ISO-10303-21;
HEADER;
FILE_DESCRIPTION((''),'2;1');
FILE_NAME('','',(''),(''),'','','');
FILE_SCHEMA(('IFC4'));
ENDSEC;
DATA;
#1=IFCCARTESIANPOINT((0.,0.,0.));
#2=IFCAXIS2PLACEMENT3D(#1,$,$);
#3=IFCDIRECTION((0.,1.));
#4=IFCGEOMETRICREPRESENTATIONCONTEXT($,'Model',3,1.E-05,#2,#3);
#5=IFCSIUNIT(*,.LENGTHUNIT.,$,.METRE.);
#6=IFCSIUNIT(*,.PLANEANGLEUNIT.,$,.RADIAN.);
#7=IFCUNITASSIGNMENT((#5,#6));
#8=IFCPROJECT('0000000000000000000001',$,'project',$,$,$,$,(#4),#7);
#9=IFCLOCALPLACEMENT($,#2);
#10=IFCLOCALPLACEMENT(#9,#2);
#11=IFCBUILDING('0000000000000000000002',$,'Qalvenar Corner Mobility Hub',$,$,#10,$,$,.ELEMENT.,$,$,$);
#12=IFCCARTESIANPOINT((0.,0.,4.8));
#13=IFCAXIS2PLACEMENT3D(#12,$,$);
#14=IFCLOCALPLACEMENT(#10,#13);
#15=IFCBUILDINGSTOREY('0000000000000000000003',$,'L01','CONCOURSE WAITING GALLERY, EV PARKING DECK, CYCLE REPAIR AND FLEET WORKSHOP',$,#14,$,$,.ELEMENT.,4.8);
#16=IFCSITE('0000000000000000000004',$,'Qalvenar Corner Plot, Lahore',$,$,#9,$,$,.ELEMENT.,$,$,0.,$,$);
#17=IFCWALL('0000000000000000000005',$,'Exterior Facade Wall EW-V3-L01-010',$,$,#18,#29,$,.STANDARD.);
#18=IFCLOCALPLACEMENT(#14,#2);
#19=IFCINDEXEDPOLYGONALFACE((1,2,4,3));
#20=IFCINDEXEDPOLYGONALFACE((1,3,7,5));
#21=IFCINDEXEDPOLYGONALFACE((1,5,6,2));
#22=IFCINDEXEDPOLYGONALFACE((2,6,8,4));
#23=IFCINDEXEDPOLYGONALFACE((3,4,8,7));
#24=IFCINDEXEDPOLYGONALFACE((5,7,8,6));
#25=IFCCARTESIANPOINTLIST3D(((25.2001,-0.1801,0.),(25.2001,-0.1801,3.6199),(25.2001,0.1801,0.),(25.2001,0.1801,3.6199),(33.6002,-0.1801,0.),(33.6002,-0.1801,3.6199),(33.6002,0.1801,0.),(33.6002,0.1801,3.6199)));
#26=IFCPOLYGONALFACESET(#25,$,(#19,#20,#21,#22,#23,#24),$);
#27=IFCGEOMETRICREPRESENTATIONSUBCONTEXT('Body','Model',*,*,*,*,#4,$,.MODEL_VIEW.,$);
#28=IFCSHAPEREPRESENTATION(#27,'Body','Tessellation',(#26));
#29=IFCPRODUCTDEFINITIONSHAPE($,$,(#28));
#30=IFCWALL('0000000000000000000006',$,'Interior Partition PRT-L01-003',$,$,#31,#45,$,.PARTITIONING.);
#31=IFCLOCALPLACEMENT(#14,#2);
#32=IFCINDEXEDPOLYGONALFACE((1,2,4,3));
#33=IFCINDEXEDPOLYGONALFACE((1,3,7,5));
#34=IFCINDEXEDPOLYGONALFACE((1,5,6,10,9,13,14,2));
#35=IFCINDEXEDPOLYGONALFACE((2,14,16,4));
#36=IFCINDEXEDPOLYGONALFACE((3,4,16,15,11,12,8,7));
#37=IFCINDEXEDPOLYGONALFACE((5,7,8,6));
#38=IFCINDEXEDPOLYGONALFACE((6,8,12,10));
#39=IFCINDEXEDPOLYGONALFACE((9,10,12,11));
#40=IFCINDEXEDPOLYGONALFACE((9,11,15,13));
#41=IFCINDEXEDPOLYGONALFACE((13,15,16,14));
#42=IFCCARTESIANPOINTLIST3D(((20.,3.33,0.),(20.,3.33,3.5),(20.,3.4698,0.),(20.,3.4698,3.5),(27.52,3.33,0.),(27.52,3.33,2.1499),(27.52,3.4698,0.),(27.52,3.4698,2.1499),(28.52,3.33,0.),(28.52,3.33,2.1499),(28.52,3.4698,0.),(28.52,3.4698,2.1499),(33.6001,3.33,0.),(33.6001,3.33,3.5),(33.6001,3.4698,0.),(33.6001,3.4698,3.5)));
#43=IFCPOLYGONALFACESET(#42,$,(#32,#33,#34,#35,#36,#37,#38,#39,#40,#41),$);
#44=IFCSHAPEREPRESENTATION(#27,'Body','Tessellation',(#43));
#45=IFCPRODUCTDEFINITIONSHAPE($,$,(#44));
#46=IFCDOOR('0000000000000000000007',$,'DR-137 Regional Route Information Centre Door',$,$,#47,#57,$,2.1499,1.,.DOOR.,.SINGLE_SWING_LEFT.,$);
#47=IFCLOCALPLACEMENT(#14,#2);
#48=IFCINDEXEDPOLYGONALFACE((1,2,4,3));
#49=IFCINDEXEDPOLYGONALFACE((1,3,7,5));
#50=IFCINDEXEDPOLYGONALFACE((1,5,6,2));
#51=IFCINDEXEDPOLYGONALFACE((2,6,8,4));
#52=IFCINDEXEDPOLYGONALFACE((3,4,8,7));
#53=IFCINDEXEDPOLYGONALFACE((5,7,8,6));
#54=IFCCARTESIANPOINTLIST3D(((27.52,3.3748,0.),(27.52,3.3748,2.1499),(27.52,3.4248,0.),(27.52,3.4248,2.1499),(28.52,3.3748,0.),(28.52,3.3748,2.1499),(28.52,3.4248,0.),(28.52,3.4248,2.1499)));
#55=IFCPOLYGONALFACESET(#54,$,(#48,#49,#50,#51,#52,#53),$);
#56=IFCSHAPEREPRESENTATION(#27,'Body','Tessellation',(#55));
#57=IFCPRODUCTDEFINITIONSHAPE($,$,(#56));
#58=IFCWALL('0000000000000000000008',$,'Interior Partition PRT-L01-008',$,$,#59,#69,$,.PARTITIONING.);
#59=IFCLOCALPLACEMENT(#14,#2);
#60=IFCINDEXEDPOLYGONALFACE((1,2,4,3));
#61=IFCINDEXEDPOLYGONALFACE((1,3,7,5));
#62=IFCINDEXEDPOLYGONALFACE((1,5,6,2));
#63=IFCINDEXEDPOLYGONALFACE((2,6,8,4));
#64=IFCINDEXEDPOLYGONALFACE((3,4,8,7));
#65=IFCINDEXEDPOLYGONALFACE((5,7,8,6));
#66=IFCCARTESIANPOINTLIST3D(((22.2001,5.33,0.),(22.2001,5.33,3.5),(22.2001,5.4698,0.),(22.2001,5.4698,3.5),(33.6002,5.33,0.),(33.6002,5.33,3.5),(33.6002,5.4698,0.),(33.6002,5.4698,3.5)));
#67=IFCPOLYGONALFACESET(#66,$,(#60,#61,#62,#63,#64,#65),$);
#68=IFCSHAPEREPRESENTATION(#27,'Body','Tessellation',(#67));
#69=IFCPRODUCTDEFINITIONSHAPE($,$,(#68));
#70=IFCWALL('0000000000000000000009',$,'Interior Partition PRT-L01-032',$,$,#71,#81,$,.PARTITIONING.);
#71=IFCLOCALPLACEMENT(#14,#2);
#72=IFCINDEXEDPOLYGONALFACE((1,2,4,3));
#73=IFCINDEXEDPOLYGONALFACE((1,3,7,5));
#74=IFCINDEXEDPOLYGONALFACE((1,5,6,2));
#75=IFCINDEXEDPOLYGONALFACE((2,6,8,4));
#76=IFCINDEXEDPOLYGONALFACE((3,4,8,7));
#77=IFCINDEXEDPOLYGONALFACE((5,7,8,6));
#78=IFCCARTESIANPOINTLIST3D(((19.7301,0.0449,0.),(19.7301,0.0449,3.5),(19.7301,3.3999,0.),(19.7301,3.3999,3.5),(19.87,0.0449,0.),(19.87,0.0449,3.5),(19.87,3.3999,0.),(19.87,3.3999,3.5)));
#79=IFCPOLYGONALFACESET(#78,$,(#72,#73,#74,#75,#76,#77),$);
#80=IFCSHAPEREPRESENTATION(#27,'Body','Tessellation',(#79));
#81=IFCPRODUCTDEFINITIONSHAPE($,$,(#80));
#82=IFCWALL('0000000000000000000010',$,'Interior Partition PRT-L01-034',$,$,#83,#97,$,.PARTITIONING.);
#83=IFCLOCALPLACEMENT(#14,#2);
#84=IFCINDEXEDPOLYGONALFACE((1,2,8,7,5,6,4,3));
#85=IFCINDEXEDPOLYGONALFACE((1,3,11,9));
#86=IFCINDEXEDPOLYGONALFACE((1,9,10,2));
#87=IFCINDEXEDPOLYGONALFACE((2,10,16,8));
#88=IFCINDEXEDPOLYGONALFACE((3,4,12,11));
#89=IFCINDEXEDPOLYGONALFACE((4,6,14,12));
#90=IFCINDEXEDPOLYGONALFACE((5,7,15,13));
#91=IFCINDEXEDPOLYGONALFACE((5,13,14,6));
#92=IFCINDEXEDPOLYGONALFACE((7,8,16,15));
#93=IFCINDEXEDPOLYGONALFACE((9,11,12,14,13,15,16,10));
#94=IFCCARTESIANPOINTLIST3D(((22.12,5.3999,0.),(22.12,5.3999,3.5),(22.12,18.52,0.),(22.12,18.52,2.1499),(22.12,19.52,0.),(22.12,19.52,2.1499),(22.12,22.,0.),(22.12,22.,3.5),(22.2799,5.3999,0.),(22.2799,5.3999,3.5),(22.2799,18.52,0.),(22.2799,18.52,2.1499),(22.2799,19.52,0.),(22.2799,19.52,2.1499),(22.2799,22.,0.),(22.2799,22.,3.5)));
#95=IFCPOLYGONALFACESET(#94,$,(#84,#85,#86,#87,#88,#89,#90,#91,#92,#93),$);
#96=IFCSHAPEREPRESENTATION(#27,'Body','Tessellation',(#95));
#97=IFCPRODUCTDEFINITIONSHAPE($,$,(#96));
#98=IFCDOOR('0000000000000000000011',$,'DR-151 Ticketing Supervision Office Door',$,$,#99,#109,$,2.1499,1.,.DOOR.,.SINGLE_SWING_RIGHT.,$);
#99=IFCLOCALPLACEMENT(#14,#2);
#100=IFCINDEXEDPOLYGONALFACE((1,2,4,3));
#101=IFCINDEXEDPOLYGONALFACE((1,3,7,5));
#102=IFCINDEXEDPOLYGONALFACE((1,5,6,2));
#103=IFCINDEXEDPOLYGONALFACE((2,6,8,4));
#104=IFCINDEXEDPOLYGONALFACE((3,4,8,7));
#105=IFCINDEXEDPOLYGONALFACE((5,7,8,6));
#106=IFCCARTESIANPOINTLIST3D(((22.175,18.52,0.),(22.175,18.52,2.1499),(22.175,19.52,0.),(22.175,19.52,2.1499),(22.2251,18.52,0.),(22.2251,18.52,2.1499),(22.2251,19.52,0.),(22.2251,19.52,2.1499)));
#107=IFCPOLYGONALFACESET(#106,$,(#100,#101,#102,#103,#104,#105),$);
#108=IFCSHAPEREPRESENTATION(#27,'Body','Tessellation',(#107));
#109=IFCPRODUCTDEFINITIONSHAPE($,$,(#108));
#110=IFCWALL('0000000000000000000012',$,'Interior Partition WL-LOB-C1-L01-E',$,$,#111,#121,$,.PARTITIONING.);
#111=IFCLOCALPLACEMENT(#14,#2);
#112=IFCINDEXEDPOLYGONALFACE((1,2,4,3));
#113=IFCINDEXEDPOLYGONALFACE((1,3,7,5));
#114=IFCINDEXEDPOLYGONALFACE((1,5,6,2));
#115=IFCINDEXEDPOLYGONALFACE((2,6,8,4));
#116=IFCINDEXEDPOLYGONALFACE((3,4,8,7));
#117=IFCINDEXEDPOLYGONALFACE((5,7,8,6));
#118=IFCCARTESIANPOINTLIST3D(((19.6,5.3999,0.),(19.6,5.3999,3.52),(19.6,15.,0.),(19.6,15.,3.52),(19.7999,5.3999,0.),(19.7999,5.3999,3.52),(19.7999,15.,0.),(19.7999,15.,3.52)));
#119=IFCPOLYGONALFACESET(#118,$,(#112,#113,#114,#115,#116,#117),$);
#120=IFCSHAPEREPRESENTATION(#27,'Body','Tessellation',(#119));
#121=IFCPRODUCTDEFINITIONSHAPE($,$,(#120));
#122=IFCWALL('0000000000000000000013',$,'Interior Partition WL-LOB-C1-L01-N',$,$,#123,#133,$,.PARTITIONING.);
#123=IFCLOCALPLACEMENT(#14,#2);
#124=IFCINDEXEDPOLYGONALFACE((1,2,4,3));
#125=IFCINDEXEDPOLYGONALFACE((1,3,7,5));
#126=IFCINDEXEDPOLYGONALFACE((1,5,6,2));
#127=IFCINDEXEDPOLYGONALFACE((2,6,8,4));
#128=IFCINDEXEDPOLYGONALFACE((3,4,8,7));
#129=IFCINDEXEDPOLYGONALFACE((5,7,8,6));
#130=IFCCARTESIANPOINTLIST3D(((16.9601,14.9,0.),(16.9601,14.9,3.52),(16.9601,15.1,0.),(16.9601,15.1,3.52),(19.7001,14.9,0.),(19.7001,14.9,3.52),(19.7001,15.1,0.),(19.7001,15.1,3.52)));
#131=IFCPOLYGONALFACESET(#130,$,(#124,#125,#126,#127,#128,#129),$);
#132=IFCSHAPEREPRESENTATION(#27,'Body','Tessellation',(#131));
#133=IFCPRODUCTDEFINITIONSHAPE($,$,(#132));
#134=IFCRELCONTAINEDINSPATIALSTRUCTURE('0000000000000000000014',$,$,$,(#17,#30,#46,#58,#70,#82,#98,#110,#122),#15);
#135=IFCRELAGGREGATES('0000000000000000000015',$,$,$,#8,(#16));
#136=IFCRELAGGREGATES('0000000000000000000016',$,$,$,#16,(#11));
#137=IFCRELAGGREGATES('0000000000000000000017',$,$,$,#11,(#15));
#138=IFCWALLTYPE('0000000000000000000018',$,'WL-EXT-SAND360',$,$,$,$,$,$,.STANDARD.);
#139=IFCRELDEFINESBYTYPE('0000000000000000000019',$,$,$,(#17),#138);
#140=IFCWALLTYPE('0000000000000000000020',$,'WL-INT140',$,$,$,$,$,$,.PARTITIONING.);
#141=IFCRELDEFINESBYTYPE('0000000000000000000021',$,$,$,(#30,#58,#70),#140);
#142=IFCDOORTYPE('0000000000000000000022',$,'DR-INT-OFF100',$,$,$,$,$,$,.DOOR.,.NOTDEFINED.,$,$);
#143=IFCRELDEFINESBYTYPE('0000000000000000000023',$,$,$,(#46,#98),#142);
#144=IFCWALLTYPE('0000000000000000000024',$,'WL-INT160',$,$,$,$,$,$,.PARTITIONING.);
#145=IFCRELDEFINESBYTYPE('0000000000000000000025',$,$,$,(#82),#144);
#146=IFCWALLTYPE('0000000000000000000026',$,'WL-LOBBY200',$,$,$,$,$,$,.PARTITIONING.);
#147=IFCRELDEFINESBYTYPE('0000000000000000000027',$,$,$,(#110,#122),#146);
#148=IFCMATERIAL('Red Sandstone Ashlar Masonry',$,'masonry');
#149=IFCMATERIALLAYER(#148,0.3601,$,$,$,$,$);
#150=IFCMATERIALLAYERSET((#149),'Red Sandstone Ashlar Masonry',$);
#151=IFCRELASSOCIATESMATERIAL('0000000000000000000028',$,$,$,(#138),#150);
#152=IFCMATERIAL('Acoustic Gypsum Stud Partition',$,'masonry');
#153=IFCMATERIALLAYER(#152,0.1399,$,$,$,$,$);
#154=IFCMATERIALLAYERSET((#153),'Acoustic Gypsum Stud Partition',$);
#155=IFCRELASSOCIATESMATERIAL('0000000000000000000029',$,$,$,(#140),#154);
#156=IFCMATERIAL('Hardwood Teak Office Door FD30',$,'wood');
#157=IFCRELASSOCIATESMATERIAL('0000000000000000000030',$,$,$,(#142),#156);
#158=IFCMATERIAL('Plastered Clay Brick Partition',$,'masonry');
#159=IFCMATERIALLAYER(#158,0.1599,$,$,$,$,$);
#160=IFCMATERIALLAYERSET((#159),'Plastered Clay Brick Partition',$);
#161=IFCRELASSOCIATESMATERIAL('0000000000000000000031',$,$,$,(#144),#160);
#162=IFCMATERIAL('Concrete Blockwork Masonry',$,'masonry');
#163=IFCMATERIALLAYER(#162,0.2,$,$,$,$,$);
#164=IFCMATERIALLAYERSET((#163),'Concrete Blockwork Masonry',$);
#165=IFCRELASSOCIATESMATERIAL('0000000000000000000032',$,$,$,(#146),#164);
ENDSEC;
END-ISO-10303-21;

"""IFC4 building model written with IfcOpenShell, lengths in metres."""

from ifc_helpers import new_model, si_unit, direction, frame, frame_2d, origin, place, context, subcontext, project, spatial, rectangle, extrude, material, layer, layer_set, type_object, element, fill, save


model = new_model("IFC4")

# Units and contexts
model_context = context("Model", 3, precision=1e-05, world=origin(), true_north=direction((0.0, 1.0)))
body_context = subcontext(model_context, "Body", "Model", "MODEL_VIEW")
ifc_project = project(units=[si_unit("LENGTHUNIT", "METRE"), si_unit("PLANEANGLEUNIT", "RADIAN")], contexts=[model_context])

# Site, building, storey
site_placement = place(None, origin())
site = spatial("IfcSite", under=ifc_project, at=site_placement, Name="Qalvenar Corner Plot, Lahore", CompositionType="ELEMENT", RefElevation=0.0)
building_placement = place(site_placement, origin())
building = spatial("IfcBuilding", under=site, at=building_placement, Name="Qalvenar Corner Mobility Hub", CompositionType="ELEMENT")
storey_placement = place(building_placement, frame((0.0, 0.0, 4.8)))
storey = spatial("IfcBuildingStorey", under=building, at=storey_placement, Name="L01", Description="CONCOURSE WAITING GALLERY, EV PARKING DECK, CYCLE REPAIR AND FLEET WORKSHOP", CompositionType="ELEMENT", Elevation=4.8)

# Wall
ifc_material_1 = material(Name="Red Sandstone Ashlar Masonry", Category="masonry")
ifc_layer_1 = layer(ifc_material_1, 0.3601)
ifc_layer_set_1 = layer_set([ifc_layer_1], Name="Red Sandstone Ashlar Masonry")
wall_type_1 = type_object("IfcWallType", Name="WL-EXT-SAND360", PredefinedType="STANDARD", material=ifc_layer_set_1)
wall_1_placement = place(storey_placement, frame((25.2, 0.0, 0.0), z_axis=(0.0, 0.0, 1.0), x_axis=(1.0, 0.0, 0.0)))
element("IfcWall", 1, at=wall_1_placement, inside=storey, type_object=wall_type_1, Name="Exterior Facade Wall EW-V3-L01-010", PredefinedType="STANDARD", context=body_context, shape_type="SweptSolid", body=[
    extrude(rectangle(XDim=8.4001, YDim=0.3601, at=frame_2d((4.2002, 0.0))), origin(), (0.0, 0.0, 1.0), 3.6199),
])

# Wall, opening, door
ifc_material_2 = material(Name="Acoustic Gypsum Stud Partition", Category="masonry")
ifc_layer_2 = layer(ifc_material_2, 0.1399)
ifc_layer_set_2 = layer_set([ifc_layer_2], Name="Acoustic Gypsum Stud Partition")
wall_type_2 = type_object("IfcWallType", Name="WL-INT140", PredefinedType="PARTITIONING", material=ifc_layer_set_2)
wall_2_placement = place(storey_placement, frame((20.0, 3.3999, 0.0), z_axis=(0.0, 0.0, 1.0), x_axis=(1.0, 0.0, 0.0)))
wall_2 = element("IfcWall", 2, at=wall_2_placement, inside=storey, type_object=wall_type_2, Name="Interior Partition PRT-L01-003", PredefinedType="PARTITIONING", context=body_context, shape_type="SweptSolid", body=[
    extrude(rectangle(XDim=13.6001, YDim=0.1399, at=frame_2d((6.8, 0.0))), origin(), (0.0, 0.0, 1.0), 3.5),
])
opening_1_placement = place(wall_2_placement, frame((7.52, 0.0, 0.0)))
opening_1 = element("IfcOpeningElement", 3, at=opening_1_placement, cuts=wall_2, PredefinedType="OPENING", context=body_context, shape_type="SweptSolid", body=[
    extrude(rectangle(XDim=1.0, YDim=2.1499, at=frame_2d((0.5, 1.075))), frame((0.0, 0.0801, 0.0), z_axis=(0.0, -1.0, 0.0), x_axis=(1.0, 0.0, 0.0)), (0.0, 0.0, 1.0), 0.1599),
])
ifc_material_3 = material(Name="Hardwood Teak Office Door FD30", Category="wood")
door_type = type_object("IfcDoorType", Name="DR-INT-OFF100", OperationType="NOTDEFINED", PredefinedType="DOOR", material=ifc_material_3)
door_1_placement = place(opening_1_placement, origin())
door_1 = element("IfcDoor", 4, at=door_1_placement, inside=storey, type_object=door_type, Name="DR-137 Regional Route Information Centre Door", OperationType="SINGLE_SWING_LEFT", OverallHeight=2.1499, OverallWidth=1.0, PredefinedType="DOOR", context=body_context, shape_type="SweptSolid", body=[
    extrude(rectangle(XDim=1.0, YDim=2.1499, at=frame_2d((0.5, 1.075))), frame((0.0, 0.0249, 0.0), z_axis=(0.0, -1.0, 0.0), x_axis=(1.0, 0.0, 0.0)), (0.0, 0.0, 1.0), 0.05),
])
fill(opening_1, door_1)

# Walls
wall_3_placement = place(storey_placement, frame((22.2, 5.3999, 0.0), z_axis=(0.0, 0.0, 1.0), x_axis=(1.0, 0.0, 0.0)))
element("IfcWall", 5, at=wall_3_placement, inside=storey, type_object=wall_type_2, Name="Interior Partition PRT-L01-008", PredefinedType="PARTITIONING", context=body_context, shape_type="SweptSolid", body=[
    extrude(rectangle(XDim=11.4001, YDim=0.1399, at=frame_2d((5.7002, 0.0))), origin(), (0.0, 0.0, 1.0), 3.5),
])
wall_4_placement = place(storey_placement, frame((19.8, 0.0449, 0.0), z_axis=(0.0, 0.0, 1.0), x_axis=(0.0, 1.0, 0.0)))
element("IfcWall", 6, at=wall_4_placement, inside=storey, type_object=wall_type_2, Name="Interior Partition PRT-L01-032", PredefinedType="PARTITIONING", context=body_context, shape_type="SweptSolid", body=[
    extrude(rectangle(XDim=3.355, YDim=0.1399, at=frame_2d((1.6775, 0.0))), origin(), (0.0, 0.0, 1.0), 3.5),
])

# Wall, opening, door
ifc_material_4 = material(Name="Plastered Clay Brick Partition", Category="masonry")
ifc_layer_3 = layer(ifc_material_4, 0.1599)
ifc_layer_set_3 = layer_set([ifc_layer_3], Name="Plastered Clay Brick Partition")
wall_type_3 = type_object("IfcWallType", Name="WL-INT160", PredefinedType="PARTITIONING", material=ifc_layer_set_3)
wall_5_placement = place(storey_placement, frame((22.2, 5.3999, 0.0), z_axis=(0.0, 0.0, 1.0), x_axis=(0.0, 1.0, 0.0)))
wall_5 = element("IfcWall", 7, at=wall_5_placement, inside=storey, type_object=wall_type_3, Name="Interior Partition PRT-L01-034", PredefinedType="PARTITIONING", context=body_context, shape_type="SweptSolid", body=[
    extrude(rectangle(XDim=16.6001, YDim=0.1599, at=frame_2d((8.3, 0.0))), origin(), (0.0, 0.0, 1.0), 3.5),
])
opening_2_placement = place(wall_5_placement, frame((13.1201, 0.0, 0.0)))
opening_2 = element("IfcOpeningElement", 8, at=opening_2_placement, cuts=wall_5, PredefinedType="OPENING", context=body_context, shape_type="SweptSolid", body=[
    extrude(rectangle(XDim=1.0, YDim=2.1499, at=frame_2d((0.5, 1.075))), frame((0.0, 0.0898, 0.0), z_axis=(0.0, -1.0, 0.0), x_axis=(1.0, 0.0, 0.0)), (0.0, 0.0, 1.0), 0.1799),
])
door_2_placement = place(opening_2_placement, origin())
door_2 = element("IfcDoor", 9, at=door_2_placement, inside=storey, type_object=door_type, Name="DR-151 Ticketing Supervision Office Door", OperationType="SINGLE_SWING_RIGHT", OverallHeight=2.1499, OverallWidth=1.0, PredefinedType="DOOR", context=body_context, shape_type="SweptSolid", body=[
    extrude(rectangle(XDim=1.0, YDim=2.1499, at=frame_2d((0.5, 1.075))), frame((0.0, 0.0249, 0.0), z_axis=(0.0, -1.0, 0.0), x_axis=(1.0, 0.0, 0.0)), (0.0, 0.0, 1.0), 0.05),
])
fill(opening_2, door_2)

# Walls
ifc_material_5 = material(Name="Concrete Blockwork Masonry", Category="masonry")
ifc_layer_4 = layer(ifc_material_5, 0.2)
ifc_layer_set_4 = layer_set([ifc_layer_4], Name="Concrete Blockwork Masonry")
wall_type_4 = type_object("IfcWallType", Name="WL-LOBBY200", PredefinedType="PARTITIONING", material=ifc_layer_set_4)
wall_6_placement = place(storey_placement, frame((19.7, 5.3999, 0.0), z_axis=(0.0, 0.0, 1.0), x_axis=(0.0, 1.0, 0.0)))
element("IfcWall", 10, at=wall_6_placement, inside=storey, type_object=wall_type_4, Name="Interior Partition WL-LOB-C1-L01-E", PredefinedType="PARTITIONING", context=body_context, shape_type="SweptSolid", body=[
    extrude(rectangle(XDim=9.6001, YDim=0.2, at=frame_2d((4.8, 0.0))), origin(), (0.0, 0.0, 1.0), 3.52),
])
wall_7_placement = place(storey_placement, frame((16.96, 15.0, 0.0), z_axis=(0.0, 0.0, 1.0), x_axis=(1.0, 0.0, 0.0)))
element("IfcWall", 11, at=wall_7_placement, inside=storey, type_object=wall_type_4, Name="Interior Partition WL-LOB-C1-L01-N", PredefinedType="PARTITIONING", context=body_context, shape_type="SweptSolid", body=[
    extrude(rectangle(XDim=2.74, YDim=0.2, at=frame_2d((1.3701, 0.0))), origin(), (0.0, 0.0, 1.0), 3.52),
])

save(model, "model.ifc")
